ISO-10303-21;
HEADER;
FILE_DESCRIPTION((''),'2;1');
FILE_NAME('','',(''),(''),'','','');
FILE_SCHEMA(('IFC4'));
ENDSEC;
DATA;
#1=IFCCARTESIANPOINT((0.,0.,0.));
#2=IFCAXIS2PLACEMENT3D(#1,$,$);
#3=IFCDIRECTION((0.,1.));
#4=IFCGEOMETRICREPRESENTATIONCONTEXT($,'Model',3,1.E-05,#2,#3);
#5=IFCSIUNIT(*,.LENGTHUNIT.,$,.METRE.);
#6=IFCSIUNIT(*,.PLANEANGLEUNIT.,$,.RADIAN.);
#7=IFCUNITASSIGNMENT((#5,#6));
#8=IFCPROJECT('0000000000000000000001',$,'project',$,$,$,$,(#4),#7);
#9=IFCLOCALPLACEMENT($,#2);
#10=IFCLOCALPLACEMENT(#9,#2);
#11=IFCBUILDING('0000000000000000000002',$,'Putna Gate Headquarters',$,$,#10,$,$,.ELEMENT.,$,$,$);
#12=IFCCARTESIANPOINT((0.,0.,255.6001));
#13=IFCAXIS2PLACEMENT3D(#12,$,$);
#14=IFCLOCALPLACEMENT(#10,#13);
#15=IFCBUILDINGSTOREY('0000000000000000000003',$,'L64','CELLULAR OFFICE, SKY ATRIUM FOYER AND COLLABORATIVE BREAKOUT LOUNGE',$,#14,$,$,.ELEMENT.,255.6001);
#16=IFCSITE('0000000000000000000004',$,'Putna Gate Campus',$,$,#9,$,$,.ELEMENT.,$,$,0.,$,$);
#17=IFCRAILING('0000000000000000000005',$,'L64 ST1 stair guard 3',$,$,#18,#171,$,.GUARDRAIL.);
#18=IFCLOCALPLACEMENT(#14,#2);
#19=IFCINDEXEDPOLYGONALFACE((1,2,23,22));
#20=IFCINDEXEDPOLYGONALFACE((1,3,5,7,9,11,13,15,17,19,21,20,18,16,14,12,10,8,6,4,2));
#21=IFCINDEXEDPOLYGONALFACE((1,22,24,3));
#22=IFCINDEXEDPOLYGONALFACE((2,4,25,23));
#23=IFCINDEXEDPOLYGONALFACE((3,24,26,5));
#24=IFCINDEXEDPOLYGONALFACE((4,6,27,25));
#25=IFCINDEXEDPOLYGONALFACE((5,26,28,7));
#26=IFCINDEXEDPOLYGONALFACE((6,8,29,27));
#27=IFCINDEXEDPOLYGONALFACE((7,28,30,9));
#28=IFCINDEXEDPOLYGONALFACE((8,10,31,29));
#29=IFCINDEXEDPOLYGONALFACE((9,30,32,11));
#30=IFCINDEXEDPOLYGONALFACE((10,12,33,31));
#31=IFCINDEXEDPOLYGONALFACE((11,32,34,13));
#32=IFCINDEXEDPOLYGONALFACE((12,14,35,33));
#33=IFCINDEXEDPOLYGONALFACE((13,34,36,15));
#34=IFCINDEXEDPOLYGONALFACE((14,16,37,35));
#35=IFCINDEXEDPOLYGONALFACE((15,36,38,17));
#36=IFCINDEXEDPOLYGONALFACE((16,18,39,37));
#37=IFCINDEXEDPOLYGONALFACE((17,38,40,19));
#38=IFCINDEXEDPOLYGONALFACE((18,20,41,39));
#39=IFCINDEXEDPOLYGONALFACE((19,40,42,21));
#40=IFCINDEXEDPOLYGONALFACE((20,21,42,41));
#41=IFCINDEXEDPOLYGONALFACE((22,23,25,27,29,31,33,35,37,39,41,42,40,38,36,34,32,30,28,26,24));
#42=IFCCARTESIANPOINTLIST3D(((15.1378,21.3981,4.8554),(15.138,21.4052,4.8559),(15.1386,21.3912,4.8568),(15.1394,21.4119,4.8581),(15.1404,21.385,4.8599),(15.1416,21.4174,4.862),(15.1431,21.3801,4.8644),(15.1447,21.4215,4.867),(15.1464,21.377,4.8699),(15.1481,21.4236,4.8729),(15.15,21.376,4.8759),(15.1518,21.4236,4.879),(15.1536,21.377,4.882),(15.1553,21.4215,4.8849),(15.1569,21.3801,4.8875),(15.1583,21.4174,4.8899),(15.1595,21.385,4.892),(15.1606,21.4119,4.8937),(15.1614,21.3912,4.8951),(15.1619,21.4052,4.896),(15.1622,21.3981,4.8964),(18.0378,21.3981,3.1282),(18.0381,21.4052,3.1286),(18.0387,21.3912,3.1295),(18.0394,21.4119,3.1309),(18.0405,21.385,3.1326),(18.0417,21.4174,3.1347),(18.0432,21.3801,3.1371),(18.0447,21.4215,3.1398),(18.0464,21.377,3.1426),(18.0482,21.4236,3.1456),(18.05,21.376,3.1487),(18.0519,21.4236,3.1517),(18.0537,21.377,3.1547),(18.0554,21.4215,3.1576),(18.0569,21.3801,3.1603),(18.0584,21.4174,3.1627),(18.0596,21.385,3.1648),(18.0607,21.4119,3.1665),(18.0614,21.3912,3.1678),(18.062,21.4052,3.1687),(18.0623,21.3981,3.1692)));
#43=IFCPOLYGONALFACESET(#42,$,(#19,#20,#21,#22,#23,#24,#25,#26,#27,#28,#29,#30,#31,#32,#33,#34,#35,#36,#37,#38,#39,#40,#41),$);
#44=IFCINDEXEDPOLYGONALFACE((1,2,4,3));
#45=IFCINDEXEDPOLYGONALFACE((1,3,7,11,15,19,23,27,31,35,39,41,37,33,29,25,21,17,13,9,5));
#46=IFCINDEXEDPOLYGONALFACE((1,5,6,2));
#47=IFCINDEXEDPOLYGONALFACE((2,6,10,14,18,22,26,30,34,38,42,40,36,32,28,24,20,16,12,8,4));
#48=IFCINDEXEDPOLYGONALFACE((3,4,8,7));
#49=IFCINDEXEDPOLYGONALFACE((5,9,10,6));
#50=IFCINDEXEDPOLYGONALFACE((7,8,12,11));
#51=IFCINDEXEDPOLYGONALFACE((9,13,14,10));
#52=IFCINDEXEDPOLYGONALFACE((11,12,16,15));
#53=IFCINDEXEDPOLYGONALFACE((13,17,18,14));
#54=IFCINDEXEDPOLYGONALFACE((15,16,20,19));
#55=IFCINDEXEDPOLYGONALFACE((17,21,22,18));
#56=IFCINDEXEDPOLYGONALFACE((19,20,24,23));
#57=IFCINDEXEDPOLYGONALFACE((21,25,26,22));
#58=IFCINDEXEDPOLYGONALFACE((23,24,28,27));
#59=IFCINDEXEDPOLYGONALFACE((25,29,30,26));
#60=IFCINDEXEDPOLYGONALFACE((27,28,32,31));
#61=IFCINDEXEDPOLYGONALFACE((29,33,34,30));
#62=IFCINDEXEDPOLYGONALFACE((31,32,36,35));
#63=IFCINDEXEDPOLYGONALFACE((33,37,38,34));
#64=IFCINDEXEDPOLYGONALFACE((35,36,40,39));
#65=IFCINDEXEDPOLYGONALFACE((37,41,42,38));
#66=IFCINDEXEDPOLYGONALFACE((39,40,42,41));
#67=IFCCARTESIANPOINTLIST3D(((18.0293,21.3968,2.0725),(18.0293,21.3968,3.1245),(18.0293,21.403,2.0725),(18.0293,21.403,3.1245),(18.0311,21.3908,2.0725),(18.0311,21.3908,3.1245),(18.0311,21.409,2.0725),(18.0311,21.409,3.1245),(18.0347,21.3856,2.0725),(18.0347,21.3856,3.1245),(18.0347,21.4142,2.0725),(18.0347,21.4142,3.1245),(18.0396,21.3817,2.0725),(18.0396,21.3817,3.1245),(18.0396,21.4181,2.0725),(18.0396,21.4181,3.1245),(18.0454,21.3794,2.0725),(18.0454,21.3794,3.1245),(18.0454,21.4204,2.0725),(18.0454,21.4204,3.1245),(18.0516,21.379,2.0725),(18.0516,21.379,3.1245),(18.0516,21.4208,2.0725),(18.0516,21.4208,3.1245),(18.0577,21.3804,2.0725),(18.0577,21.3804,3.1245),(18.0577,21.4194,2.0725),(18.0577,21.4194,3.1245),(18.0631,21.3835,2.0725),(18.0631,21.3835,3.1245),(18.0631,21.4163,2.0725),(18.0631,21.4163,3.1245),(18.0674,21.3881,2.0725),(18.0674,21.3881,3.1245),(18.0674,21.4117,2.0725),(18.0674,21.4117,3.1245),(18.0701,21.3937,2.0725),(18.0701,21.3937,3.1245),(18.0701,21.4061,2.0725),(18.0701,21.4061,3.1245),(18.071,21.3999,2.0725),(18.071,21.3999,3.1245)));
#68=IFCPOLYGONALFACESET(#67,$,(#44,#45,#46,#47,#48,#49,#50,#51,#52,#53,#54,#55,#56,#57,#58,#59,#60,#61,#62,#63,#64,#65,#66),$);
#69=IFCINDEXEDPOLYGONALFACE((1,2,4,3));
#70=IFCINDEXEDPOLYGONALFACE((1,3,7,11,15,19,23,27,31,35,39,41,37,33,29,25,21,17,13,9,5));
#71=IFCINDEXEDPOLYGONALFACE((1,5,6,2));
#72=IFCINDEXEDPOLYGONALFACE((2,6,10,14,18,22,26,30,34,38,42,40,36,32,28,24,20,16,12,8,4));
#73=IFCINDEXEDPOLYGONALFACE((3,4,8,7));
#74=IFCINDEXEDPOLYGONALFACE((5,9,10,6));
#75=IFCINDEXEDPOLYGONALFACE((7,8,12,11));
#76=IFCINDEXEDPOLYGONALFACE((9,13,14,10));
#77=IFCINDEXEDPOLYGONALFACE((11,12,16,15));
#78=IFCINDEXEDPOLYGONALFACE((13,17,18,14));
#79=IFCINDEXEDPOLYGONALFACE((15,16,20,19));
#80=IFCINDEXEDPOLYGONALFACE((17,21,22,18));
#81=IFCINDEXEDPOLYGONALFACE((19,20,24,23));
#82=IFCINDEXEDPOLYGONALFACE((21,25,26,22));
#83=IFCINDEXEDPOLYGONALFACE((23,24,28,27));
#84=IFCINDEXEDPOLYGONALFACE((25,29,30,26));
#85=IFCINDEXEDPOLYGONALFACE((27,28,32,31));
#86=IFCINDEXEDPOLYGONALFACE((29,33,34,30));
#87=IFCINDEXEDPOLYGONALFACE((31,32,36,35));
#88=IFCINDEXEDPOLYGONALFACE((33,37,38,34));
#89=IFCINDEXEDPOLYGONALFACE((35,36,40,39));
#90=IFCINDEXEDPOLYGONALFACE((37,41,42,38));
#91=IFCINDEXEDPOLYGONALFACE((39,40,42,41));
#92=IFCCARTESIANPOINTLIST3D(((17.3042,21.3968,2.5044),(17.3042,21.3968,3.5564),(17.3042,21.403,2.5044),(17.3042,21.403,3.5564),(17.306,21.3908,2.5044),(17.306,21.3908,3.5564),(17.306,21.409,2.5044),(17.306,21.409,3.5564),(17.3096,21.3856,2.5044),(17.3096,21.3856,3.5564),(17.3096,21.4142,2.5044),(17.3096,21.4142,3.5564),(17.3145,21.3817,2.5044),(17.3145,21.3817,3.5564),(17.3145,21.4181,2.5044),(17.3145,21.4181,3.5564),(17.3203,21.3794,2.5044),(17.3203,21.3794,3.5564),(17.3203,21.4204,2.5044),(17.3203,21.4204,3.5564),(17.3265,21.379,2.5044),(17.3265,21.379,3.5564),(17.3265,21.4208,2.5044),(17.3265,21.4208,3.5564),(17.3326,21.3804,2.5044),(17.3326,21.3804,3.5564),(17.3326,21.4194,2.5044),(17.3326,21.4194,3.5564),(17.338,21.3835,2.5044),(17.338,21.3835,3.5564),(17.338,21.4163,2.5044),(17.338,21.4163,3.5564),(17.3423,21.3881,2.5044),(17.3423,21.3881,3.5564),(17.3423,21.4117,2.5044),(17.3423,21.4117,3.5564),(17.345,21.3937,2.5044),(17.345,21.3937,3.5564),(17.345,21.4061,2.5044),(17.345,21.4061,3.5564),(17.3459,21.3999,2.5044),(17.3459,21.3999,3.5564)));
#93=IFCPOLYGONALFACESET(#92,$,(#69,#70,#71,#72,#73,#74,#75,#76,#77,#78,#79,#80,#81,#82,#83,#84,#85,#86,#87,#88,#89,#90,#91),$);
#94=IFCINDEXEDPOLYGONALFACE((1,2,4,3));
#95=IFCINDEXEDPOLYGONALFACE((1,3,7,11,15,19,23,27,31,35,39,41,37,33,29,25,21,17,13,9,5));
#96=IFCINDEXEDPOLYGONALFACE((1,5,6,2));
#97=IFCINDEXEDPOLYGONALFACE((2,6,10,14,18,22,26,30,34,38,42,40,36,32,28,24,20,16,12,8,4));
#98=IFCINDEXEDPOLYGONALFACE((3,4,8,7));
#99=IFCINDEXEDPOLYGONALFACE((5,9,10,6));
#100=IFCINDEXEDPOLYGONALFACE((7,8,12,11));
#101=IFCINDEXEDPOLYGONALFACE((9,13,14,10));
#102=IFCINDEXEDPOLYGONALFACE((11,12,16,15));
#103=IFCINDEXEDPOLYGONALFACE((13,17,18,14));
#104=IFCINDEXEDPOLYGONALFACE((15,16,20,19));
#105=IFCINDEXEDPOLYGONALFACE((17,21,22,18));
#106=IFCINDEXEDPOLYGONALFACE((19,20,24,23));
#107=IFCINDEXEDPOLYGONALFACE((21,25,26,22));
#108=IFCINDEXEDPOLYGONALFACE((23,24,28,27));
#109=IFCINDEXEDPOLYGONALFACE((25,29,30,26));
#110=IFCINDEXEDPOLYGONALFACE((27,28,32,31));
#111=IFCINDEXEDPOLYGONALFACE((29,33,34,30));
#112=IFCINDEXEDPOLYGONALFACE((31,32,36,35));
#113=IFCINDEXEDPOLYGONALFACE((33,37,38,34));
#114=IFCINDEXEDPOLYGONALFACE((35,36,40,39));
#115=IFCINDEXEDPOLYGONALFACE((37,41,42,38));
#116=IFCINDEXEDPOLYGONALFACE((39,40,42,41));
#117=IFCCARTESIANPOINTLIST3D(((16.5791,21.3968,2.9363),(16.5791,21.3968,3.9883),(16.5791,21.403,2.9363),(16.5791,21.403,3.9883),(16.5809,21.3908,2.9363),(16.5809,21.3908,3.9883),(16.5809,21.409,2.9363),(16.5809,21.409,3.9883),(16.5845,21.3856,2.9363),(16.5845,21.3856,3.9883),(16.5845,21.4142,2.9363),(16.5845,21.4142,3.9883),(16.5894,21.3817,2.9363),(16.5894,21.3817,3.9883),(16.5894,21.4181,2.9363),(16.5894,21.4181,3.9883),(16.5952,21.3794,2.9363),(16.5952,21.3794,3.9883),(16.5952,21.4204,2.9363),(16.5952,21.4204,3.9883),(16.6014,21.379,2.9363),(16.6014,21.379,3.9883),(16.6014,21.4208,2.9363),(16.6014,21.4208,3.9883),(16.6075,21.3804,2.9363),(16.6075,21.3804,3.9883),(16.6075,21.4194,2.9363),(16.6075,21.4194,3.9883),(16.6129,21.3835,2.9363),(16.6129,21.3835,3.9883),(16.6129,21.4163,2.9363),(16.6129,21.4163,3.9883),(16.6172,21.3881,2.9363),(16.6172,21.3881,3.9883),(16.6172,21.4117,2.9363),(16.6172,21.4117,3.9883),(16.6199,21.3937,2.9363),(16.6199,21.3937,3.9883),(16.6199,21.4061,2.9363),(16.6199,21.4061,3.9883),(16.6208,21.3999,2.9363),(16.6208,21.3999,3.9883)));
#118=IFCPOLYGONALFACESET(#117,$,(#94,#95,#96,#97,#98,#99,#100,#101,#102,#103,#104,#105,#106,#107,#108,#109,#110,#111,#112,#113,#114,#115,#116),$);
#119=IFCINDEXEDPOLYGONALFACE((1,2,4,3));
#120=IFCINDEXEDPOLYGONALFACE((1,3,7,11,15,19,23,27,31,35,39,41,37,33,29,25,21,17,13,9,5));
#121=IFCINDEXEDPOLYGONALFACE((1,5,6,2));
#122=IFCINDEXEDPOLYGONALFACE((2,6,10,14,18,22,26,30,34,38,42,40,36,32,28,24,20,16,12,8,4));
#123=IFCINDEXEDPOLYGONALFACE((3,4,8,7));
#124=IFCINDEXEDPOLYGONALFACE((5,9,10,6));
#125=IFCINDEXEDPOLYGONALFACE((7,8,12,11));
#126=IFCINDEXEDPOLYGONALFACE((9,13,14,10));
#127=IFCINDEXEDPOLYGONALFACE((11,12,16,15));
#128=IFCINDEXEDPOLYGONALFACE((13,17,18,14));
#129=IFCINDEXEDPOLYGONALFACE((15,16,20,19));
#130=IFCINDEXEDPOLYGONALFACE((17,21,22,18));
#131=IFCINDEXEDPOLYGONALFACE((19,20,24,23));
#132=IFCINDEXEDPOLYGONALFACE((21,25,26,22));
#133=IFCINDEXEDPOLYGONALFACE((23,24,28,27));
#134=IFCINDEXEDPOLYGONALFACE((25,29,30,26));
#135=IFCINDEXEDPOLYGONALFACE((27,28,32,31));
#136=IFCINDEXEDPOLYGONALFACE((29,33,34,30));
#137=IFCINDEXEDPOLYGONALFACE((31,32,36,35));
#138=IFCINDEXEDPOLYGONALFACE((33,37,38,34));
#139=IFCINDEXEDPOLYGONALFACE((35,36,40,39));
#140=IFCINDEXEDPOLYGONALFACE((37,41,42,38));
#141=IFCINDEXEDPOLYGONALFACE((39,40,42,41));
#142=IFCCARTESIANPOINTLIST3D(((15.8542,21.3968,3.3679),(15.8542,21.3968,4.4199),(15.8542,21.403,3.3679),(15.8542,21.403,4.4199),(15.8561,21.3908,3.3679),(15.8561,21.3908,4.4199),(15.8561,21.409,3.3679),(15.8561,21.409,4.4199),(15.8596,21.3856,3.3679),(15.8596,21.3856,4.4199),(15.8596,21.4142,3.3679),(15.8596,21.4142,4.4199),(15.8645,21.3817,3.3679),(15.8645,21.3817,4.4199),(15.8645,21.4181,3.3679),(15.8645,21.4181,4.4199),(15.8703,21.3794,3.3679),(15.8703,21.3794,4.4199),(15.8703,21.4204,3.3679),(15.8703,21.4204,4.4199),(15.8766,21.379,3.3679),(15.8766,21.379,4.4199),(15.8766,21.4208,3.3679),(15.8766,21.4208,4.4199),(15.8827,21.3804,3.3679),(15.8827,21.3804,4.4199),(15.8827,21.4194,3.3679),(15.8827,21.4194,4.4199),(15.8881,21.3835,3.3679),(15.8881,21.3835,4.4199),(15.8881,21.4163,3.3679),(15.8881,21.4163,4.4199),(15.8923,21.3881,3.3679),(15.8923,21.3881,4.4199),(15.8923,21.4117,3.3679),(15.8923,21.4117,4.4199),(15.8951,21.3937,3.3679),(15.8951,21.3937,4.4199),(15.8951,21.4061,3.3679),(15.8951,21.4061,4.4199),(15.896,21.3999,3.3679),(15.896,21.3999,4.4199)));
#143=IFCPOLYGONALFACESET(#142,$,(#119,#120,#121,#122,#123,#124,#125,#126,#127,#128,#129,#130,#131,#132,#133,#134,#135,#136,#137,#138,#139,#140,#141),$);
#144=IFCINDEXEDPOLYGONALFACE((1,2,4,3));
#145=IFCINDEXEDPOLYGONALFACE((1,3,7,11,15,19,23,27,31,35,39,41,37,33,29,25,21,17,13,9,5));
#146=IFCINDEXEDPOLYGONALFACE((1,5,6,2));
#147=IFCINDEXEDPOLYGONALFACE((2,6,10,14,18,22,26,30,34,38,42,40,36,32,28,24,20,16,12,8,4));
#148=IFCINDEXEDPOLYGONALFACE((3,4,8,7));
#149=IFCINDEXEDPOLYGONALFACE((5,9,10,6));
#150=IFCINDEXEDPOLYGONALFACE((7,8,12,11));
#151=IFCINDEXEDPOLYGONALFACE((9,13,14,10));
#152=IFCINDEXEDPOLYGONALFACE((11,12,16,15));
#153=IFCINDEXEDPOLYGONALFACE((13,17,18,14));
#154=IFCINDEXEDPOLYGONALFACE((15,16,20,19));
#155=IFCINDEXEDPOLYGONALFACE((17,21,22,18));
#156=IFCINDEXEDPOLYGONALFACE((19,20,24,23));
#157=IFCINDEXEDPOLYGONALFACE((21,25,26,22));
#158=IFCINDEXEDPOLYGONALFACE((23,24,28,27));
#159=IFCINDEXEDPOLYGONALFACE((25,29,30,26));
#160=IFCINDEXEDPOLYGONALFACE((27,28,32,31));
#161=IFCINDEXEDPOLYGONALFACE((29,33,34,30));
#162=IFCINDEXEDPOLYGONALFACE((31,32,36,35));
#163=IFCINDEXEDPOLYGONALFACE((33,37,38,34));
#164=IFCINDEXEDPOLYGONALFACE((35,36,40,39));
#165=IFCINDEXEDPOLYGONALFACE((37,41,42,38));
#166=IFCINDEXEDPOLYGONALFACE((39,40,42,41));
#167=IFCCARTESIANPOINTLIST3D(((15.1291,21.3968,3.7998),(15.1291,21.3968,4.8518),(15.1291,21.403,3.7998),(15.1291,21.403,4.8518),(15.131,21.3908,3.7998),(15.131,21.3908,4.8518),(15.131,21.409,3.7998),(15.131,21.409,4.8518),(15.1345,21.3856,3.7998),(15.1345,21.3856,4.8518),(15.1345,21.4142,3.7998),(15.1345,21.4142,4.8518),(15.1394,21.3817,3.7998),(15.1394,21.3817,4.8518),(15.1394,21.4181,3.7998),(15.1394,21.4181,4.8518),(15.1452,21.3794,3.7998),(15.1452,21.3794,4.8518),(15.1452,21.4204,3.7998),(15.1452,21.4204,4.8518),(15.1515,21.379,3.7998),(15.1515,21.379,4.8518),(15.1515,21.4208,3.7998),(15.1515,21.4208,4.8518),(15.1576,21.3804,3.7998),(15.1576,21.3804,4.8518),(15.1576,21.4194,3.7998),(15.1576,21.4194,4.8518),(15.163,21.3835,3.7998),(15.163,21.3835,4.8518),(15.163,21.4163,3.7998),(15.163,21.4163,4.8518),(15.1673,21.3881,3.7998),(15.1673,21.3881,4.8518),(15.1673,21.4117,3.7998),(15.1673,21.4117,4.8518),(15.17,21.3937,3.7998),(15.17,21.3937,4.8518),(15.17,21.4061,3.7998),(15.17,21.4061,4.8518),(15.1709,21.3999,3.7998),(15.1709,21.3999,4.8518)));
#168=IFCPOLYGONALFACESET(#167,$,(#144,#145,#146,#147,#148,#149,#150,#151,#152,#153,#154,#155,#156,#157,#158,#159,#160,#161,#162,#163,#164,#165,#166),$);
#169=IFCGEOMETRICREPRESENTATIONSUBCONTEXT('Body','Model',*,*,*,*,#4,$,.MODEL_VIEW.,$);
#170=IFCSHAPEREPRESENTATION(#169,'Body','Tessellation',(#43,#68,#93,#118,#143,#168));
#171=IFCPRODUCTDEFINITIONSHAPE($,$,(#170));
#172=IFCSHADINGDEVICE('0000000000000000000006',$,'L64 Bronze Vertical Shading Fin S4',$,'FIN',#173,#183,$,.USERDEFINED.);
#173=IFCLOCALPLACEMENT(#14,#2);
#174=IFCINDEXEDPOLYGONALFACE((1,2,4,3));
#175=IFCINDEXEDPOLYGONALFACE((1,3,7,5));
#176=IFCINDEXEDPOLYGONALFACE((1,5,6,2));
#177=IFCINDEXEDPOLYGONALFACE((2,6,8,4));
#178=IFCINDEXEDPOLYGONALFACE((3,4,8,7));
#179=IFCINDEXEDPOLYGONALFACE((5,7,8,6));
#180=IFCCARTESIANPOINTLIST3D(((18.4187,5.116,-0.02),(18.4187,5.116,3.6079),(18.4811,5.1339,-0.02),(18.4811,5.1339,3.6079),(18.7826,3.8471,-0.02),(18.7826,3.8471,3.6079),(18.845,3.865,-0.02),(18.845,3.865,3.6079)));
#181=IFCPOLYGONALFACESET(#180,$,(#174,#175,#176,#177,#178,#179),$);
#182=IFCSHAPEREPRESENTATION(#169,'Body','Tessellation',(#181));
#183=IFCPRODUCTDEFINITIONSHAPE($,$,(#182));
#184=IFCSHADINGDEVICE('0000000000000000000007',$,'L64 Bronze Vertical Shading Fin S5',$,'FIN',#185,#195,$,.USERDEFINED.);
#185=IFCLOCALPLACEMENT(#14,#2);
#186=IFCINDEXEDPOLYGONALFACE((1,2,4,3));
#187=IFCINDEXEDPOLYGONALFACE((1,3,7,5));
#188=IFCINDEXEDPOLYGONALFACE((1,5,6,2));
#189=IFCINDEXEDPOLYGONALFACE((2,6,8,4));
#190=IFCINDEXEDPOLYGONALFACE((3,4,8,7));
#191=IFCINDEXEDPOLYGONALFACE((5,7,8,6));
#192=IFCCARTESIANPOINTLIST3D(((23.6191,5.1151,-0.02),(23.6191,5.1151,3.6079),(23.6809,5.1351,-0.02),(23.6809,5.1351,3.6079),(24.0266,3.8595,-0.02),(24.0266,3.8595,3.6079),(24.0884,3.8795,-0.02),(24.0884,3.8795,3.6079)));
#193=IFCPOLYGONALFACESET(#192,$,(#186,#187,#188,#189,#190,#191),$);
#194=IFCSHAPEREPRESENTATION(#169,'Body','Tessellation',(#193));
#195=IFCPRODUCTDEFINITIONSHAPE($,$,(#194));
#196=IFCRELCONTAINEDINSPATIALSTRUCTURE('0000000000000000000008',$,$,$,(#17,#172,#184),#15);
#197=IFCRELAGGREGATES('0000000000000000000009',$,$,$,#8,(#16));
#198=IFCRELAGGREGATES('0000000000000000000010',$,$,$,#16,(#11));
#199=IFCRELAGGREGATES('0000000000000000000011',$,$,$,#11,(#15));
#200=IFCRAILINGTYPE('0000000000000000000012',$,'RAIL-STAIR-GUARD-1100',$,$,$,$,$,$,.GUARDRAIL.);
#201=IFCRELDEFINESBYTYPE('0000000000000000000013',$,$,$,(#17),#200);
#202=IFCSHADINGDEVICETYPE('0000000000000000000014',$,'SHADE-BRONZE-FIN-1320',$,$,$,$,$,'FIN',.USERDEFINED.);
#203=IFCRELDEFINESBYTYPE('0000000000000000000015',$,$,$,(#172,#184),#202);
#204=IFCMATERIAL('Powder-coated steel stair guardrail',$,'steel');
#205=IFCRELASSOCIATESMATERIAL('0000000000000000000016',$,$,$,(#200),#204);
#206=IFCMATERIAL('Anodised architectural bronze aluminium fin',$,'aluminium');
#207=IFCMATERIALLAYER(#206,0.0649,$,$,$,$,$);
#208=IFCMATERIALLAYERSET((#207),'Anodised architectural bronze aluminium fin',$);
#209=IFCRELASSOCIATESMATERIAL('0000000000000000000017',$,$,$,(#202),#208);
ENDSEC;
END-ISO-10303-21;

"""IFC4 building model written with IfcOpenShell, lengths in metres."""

from ifc_helpers import new_model, si_unit, direction, frame, origin, origin_2d, place, context, subcontext, project, spatial, rectangle, circle, extrude, material, layer, layer_set, type_object, element, save


model = new_model("IFC4")

# Units and contexts
model_context = context("Model", 3, precision=1e-05, world=origin(), true_north=direction((0.0, 1.0)))
body_context = subcontext(model_context, "Body", "Model", "MODEL_VIEW")
ifc_project = project(units=[si_unit("LENGTHUNIT", "METRE"), si_unit("PLANEANGLEUNIT", "RADIAN")], contexts=[model_context])

# Site, building, storey
site_placement = place(None, origin())
site = spatial("IfcSite", under=ifc_project, at=site_placement, Name="Putna Gate Campus", CompositionType="ELEMENT", RefElevation=0.0)
building_placement = place(site_placement, origin())
building = spatial("IfcBuilding", under=site, at=building_placement, Name="Putna Gate Headquarters", CompositionType="ELEMENT")
storey_placement = place(building_placement, frame((0.0, 0.0, 255.6001)))
storey = spatial("IfcBuildingStorey", under=building, at=storey_placement, Name="L64", Description="CELLULAR OFFICE, SKY ATRIUM FOYER AND COLLABORATIVE BREAKOUT LOUNGE", CompositionType="ELEMENT", Elevation=255.6001)

# Railing
ifc_material_1 = material(Name="Powder-coated steel stair guardrail", Category="steel")
railing_type = type_object("IfcRailingType", Name="RAIL-STAIR-GUARD-1100", PredefinedType="GUARDRAIL", material=ifc_material_1)
railing_1_placement = place(storey_placement, frame((18.05, 21.3999, 2.0725)))
element("IfcRailing", 1, at=railing_1_placement, inside=storey, type_object=railing_type, Name="L64 ST1 stair guard 3", PredefinedType="GUARDRAIL", context=body_context, shape_type="SweptSolid", body=[
    extrude(circle(Radius=0.0239, at=origin_2d()), frame((0.0, 0.0, 1.0762), z_axis=(-0.85916, 0.0, 0.511706), x_axis=(0.0, -1.0, 0.0)), (0.0, 0.0, 1.0), 3.3755),
    extrude(circle(Radius=0.021, at=origin_2d()), origin(), (0.0, 0.0, 1.0), 1.052),
    extrude(circle(Radius=0.021, at=origin_2d()), frame((-0.7251, 0.0, 0.4319)), (0.0, 0.0, 1.0), 1.052),
    extrude(circle(Radius=0.021, at=origin_2d()), frame((-1.4502, 0.0, 0.8638)), (0.0, 0.0, 1.0), 1.052),
    extrude(circle(Radius=0.021, at=origin_2d()), frame((-2.175, 0.0, 1.2954)), (0.0, 0.0, 1.0), 1.052),
    extrude(circle(Radius=0.021, at=origin_2d()), frame((-2.9001, 0.0, 1.7273)), (0.0, 0.0, 1.0), 1.052),
])

# Shading devices
ifc_material_2 = material(Name="Anodised architectural bronze aluminium fin", Category="aluminium")
ifc_layer_1 = layer(ifc_material_2, 0.0649)
ifc_layer_set_1 = layer_set([ifc_layer_1], Name="Anodised architectural bronze aluminium fin")
shading_device_type = type_object("IfcShadingDeviceType", Name="SHADE-BRONZE-FIN-1320", ElementType="FIN", PredefinedType="USERDEFINED", material=ifc_layer_set_1)
for number, where, z_axis, x_axis, name in (
    (2, (18.6318, 4.4905, -0.02), (0.0, 0.0, 1.0), (0.275637, -0.961262, 0.0), "L64 Bronze Vertical Shading Fin S4"),
    (3, (23.8538, 4.4973, -0.02), (0.0, 0.0, 1.0), (0.308685, -0.951164, 0.0), "L64 Bronze Vertical Shading Fin S5"),
):
    element("IfcShadingDevice", number, at=place(storey_placement, frame(where, z_axis=z_axis, x_axis=x_axis)), inside=storey, type_object=shading_device_type, Name=name, ObjectType="FIN", PredefinedType="USERDEFINED", context=body_context, shape_type="SweptSolid", body=[
        extrude(rectangle(XDim=1.3201, YDim=0.0649, at=origin_2d()), origin(), (0.0, 0.0, 1.0), 3.6279),
    ])

save(model, "model.ifc")
